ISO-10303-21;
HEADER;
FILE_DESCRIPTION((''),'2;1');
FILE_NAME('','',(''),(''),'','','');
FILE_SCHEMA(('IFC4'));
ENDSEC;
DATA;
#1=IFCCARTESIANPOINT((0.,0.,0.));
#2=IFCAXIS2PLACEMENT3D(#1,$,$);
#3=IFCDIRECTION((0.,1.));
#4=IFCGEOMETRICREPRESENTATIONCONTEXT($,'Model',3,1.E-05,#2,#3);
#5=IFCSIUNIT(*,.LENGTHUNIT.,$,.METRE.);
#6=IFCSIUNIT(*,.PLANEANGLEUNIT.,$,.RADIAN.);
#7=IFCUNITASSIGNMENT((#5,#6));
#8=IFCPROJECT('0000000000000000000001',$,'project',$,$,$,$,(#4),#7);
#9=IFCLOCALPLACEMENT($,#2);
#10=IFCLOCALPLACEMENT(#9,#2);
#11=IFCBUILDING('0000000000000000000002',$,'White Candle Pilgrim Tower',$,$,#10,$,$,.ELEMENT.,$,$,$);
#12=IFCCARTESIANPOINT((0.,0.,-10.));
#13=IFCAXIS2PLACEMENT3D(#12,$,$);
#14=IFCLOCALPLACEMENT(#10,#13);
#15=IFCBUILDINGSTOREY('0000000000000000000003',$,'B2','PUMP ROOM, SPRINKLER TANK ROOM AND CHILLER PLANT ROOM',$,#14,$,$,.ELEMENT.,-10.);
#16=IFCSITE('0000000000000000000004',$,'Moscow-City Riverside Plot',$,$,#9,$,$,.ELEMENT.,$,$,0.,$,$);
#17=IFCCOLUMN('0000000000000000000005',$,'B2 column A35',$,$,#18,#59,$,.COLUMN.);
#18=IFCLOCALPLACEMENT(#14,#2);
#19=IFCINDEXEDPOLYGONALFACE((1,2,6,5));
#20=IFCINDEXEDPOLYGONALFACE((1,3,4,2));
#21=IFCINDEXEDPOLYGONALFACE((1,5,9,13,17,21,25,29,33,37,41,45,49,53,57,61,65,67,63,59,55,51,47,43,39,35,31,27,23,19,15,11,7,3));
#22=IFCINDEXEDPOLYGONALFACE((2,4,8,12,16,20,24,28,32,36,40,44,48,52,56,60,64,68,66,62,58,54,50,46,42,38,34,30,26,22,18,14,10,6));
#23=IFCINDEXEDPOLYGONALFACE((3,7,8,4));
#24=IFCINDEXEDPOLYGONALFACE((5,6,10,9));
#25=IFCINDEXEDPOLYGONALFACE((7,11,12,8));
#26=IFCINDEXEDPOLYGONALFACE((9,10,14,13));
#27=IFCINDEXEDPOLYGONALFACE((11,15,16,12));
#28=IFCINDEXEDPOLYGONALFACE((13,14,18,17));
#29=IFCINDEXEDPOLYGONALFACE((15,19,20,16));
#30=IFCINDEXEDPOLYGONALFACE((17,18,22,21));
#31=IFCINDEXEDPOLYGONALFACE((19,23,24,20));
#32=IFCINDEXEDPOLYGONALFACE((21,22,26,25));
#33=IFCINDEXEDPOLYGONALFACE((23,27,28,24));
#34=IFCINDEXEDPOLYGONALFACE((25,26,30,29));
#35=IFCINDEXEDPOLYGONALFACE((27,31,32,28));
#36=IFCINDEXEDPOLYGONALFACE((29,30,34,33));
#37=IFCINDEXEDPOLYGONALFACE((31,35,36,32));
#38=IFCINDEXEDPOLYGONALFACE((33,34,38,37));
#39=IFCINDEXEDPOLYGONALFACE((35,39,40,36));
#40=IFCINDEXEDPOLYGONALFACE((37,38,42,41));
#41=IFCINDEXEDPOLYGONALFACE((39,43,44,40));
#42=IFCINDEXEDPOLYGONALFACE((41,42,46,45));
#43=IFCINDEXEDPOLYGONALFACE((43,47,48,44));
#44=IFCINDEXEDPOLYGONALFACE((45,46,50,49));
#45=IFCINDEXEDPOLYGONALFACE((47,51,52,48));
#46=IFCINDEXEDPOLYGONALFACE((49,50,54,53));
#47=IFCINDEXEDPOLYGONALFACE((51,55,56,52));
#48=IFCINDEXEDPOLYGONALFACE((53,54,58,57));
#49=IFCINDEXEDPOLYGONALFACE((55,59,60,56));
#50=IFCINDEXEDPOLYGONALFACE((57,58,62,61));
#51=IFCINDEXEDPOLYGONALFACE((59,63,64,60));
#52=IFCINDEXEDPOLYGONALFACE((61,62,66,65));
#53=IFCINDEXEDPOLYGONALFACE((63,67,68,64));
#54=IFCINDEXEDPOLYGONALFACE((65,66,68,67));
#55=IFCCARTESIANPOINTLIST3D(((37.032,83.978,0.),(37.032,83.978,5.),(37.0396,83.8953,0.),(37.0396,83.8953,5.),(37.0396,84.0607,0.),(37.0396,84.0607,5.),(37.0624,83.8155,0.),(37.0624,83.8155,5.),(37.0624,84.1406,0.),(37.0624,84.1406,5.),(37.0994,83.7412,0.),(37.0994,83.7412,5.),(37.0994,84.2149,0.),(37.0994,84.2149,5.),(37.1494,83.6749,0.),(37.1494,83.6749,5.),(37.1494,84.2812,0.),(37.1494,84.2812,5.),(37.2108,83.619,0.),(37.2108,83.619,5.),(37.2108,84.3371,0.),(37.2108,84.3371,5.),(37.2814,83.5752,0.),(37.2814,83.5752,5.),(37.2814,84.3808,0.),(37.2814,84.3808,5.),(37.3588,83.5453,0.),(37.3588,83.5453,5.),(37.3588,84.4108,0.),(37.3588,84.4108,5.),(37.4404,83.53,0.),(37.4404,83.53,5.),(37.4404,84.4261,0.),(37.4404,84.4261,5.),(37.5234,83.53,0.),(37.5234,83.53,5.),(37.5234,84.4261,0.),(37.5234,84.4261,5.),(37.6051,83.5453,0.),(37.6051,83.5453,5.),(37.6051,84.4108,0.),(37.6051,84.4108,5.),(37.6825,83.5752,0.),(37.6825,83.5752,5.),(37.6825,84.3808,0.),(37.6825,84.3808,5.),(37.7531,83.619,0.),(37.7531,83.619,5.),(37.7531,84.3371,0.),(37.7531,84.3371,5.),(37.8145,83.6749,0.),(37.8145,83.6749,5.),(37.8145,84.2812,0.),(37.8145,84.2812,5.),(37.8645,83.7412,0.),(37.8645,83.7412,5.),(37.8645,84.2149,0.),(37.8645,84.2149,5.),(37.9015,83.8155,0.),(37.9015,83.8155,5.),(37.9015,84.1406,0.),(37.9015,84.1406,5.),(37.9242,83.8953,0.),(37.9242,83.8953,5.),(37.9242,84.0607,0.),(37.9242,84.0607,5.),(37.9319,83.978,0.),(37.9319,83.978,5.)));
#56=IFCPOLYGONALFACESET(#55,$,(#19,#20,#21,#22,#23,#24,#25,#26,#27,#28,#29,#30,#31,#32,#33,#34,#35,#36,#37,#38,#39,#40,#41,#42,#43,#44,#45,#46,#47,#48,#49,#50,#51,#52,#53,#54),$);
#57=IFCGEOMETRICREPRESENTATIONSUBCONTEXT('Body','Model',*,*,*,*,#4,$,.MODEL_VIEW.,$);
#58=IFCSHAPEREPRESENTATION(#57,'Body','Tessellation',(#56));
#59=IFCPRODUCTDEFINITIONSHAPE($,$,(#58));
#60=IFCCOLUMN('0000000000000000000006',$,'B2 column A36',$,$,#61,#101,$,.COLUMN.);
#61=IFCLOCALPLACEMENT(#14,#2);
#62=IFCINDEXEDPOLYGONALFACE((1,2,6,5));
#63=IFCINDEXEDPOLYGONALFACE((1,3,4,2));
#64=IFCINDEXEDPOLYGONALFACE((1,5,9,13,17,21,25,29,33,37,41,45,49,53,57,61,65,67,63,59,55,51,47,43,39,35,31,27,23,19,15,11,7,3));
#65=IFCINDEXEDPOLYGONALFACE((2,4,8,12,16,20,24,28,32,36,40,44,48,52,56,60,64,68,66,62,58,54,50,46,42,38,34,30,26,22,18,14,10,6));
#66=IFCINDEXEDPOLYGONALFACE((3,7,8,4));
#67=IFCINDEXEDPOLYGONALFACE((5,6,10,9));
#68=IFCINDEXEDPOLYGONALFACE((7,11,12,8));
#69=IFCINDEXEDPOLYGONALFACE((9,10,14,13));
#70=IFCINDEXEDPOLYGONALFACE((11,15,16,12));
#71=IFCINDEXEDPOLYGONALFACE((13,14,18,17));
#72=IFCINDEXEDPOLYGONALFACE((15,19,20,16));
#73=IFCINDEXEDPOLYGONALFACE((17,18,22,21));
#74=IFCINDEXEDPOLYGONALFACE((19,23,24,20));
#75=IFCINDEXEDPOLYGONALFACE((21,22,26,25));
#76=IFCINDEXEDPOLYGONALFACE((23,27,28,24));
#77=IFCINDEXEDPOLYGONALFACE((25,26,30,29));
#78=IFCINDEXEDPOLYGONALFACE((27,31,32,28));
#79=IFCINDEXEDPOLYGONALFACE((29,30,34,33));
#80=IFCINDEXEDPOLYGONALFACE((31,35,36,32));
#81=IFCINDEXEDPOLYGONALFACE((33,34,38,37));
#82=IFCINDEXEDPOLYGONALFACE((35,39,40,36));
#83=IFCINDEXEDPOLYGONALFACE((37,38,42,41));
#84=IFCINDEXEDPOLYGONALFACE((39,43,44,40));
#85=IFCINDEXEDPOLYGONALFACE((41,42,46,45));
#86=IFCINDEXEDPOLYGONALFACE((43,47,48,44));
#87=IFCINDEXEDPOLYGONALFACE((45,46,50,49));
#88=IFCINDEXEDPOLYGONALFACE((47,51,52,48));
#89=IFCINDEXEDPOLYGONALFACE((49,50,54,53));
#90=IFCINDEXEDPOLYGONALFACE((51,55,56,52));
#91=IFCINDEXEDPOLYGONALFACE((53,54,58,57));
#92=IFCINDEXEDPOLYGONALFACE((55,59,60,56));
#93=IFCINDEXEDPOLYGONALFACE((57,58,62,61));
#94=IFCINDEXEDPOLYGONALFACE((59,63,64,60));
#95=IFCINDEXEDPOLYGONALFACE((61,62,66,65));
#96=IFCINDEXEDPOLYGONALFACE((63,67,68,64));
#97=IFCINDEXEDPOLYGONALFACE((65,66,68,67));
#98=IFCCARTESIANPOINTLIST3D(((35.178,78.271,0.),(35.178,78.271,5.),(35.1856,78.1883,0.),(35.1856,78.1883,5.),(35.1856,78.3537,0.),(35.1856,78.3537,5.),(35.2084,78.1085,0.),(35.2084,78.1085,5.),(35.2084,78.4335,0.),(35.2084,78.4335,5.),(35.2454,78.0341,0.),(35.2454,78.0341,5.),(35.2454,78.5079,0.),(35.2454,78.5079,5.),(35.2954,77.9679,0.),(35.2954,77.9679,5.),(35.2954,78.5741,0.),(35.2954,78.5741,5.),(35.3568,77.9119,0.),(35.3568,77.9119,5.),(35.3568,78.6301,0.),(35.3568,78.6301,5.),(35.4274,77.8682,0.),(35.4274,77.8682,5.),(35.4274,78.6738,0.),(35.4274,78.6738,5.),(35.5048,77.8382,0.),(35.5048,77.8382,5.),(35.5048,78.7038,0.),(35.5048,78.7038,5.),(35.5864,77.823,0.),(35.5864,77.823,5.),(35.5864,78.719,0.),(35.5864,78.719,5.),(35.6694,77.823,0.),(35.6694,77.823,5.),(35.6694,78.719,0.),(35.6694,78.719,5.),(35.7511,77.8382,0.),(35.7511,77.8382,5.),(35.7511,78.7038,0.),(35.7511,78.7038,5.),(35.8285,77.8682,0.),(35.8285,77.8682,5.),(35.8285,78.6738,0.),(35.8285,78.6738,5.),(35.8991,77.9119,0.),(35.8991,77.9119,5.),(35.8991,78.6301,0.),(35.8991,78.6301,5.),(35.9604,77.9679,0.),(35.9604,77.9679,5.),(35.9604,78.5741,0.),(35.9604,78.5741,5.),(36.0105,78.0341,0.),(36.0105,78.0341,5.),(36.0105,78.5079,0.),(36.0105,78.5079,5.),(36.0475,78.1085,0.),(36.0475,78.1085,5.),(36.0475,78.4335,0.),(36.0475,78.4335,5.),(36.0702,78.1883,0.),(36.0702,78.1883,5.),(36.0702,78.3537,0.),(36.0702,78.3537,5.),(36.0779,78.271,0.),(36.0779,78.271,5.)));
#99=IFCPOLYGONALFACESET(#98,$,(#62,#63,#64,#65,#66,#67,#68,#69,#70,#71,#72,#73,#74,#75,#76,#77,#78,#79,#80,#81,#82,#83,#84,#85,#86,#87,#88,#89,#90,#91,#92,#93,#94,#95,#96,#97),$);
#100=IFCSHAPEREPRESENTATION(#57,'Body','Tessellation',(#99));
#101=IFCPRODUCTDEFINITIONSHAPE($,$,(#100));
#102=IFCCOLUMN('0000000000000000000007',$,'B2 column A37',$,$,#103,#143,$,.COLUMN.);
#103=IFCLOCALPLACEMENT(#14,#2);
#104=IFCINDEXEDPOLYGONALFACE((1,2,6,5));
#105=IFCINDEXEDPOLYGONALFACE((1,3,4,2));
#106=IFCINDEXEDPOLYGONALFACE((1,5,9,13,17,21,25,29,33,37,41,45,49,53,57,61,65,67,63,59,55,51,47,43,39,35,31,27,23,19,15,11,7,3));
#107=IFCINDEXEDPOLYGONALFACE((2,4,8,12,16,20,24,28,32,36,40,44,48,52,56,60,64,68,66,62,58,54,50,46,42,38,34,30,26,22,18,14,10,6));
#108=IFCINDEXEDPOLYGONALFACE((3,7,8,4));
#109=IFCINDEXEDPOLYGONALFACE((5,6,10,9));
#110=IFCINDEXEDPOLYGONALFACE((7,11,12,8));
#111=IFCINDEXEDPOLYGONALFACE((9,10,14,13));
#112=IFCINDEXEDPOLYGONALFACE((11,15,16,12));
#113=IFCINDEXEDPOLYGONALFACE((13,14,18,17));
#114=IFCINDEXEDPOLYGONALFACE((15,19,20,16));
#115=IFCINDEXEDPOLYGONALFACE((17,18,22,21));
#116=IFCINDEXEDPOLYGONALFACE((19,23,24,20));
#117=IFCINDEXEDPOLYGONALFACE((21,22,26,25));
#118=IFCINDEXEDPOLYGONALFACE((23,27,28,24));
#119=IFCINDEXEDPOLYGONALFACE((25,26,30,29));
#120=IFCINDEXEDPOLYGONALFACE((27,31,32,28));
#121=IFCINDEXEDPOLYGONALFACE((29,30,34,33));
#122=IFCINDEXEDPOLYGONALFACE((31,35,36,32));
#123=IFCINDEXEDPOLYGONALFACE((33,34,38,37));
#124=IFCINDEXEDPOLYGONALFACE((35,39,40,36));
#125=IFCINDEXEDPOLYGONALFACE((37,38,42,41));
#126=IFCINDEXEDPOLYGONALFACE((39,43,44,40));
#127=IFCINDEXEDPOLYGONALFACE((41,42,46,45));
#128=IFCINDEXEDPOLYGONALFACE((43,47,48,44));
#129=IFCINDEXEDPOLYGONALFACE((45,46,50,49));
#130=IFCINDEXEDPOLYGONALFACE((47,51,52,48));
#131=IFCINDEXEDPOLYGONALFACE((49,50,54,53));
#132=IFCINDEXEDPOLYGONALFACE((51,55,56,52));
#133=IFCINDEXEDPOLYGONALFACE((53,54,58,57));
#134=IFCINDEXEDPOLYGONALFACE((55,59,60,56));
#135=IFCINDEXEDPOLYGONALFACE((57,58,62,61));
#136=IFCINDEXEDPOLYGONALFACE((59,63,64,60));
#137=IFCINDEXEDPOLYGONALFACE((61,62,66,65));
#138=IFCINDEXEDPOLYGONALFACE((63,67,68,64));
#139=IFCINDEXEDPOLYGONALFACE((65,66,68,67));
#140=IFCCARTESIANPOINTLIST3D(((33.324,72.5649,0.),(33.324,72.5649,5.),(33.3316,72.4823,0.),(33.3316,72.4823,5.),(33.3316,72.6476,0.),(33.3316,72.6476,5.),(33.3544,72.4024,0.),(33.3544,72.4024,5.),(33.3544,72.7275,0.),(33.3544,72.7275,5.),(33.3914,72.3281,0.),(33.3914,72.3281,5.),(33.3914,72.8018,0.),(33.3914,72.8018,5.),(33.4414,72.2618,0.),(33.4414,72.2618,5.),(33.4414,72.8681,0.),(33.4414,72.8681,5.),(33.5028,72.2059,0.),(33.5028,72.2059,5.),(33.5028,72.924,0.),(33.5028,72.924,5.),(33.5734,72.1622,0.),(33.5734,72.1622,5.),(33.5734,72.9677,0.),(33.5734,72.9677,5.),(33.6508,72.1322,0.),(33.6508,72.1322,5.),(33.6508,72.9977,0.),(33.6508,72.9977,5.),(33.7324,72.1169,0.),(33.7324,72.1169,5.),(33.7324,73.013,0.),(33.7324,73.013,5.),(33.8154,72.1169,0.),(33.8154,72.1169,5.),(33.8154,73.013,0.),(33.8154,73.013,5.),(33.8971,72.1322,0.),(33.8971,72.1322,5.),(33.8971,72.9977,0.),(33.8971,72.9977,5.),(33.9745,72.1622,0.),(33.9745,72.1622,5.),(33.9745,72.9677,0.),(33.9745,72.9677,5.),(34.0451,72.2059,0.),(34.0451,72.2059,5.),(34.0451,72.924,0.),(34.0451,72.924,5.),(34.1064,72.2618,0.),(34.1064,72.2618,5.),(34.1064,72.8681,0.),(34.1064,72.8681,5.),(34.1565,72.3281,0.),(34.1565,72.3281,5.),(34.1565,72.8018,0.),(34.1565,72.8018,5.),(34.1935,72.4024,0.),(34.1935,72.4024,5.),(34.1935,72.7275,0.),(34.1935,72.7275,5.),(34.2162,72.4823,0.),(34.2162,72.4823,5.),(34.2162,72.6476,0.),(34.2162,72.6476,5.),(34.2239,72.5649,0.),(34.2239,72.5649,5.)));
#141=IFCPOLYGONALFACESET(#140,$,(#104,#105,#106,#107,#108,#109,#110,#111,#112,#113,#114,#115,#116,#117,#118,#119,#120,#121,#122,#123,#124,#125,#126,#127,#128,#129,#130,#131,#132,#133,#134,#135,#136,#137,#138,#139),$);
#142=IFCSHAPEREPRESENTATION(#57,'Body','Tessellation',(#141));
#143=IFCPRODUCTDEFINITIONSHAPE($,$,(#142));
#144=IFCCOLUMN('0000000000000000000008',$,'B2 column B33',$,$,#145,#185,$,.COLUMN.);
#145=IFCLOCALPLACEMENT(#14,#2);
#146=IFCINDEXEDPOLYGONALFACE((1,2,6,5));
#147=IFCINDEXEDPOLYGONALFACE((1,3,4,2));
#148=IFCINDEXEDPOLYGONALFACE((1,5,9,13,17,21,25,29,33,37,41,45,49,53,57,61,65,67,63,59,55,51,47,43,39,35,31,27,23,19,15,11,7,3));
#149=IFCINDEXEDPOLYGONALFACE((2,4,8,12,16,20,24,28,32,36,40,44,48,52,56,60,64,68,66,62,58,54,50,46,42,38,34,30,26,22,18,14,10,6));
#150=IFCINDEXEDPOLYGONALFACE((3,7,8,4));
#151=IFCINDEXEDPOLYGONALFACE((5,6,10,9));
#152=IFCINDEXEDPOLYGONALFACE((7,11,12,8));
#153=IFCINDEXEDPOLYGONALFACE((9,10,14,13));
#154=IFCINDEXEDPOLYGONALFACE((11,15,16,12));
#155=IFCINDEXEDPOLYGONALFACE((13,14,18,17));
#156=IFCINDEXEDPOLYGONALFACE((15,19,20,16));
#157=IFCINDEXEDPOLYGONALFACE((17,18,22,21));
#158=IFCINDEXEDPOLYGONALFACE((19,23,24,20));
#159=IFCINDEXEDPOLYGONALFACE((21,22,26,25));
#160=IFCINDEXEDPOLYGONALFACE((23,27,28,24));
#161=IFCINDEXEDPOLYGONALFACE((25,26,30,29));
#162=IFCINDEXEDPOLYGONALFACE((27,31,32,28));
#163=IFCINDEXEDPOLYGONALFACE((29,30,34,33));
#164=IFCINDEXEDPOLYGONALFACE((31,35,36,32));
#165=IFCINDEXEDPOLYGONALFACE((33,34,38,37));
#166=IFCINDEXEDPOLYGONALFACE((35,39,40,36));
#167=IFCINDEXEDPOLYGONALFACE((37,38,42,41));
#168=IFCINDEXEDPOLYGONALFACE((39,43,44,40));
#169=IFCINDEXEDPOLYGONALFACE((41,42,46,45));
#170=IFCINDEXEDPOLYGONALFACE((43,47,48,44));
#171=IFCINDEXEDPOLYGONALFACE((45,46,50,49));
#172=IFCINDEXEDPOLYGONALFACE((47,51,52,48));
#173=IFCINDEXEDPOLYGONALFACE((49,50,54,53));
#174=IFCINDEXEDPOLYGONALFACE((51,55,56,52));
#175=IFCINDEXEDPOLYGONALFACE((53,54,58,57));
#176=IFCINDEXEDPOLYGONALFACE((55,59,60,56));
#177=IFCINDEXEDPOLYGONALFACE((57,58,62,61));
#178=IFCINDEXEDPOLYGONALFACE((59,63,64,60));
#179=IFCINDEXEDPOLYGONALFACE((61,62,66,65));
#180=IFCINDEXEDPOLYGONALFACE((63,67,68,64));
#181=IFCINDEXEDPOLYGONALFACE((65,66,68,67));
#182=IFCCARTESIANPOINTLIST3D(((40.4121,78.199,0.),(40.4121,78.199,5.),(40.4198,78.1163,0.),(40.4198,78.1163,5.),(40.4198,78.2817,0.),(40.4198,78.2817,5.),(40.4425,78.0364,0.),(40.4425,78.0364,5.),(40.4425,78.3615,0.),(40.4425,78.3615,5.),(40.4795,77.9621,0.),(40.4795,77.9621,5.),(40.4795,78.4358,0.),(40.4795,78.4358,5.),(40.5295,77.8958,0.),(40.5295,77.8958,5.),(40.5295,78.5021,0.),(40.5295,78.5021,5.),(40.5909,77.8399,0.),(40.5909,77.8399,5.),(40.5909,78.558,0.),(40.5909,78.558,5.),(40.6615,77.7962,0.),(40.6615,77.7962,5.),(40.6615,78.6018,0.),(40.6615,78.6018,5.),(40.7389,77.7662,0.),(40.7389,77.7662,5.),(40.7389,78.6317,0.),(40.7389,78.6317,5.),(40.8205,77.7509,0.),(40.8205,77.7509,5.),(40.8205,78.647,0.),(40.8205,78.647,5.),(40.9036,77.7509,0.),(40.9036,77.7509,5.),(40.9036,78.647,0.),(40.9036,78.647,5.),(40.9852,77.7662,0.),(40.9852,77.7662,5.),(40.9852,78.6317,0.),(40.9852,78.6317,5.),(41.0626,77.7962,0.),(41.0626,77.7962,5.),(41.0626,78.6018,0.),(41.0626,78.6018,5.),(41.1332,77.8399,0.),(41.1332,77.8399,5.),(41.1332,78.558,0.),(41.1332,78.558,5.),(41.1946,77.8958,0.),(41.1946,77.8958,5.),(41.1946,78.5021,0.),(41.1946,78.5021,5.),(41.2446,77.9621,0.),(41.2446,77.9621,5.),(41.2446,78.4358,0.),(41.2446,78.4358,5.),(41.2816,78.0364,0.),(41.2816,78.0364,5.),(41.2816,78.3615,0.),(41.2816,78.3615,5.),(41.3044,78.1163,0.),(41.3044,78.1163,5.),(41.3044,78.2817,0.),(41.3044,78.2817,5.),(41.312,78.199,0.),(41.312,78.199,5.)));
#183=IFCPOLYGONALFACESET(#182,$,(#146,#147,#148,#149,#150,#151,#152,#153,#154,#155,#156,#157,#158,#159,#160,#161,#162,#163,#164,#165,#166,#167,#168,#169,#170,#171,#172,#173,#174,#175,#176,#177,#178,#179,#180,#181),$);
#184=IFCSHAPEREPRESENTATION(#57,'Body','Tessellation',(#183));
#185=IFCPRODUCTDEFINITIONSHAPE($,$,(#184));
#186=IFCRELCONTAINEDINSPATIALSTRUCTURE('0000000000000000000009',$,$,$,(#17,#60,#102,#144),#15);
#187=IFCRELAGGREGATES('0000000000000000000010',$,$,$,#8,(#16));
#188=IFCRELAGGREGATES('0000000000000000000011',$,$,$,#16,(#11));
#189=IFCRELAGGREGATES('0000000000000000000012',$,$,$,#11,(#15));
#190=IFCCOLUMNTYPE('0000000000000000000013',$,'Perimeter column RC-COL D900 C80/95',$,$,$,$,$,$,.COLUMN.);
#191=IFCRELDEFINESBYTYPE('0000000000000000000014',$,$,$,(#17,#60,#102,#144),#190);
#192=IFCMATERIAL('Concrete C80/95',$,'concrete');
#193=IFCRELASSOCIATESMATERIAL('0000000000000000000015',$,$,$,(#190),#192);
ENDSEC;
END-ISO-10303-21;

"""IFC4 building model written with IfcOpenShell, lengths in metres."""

from ifc_helpers import new_model, si_unit, direction, frame, origin, origin_2d, place, context, subcontext, project, spatial, circle, extrude, material, material_profile, profile_set, type_object, element, save


model = new_model("IFC4")

# Units and contexts
model_context = context("Model", 3, precision=1e-05, world=origin(), true_north=direction((0.0, 1.0)))
body_context = subcontext(model_context, "Body", "Model", "MODEL_VIEW")
ifc_project = project(units=[si_unit("LENGTHUNIT", "METRE"), si_unit("PLANEANGLEUNIT", "RADIAN")], contexts=[model_context])

# Site, building, storey
site_placement = place(None, origin())
site = spatial("IfcSite", under=ifc_project, at=site_placement, Name="Moscow-City Riverside Plot", CompositionType="ELEMENT", RefElevation=0.0)
building_placement = place(site_placement, origin())
building = spatial("IfcBuilding", under=site, at=building_placement, Name="White Candle Pilgrim Tower", CompositionType="ELEMENT")
storey_placement = place(building_placement, frame((0.0, 0.0, -10.0)))
storey = spatial("IfcBuildingStorey", under=building, at=storey_placement, Name="B2", Description="PUMP ROOM, SPRINKLER TANK ROOM AND CHILLER PLANT ROOM", CompositionType="ELEMENT", Elevation=-10.0)

# Columns
ifc_material_1 = material(Name="Concrete C80/95", Category="concrete")
ifc_material_profile_1 = material_profile(ifc_material_1, circle(Radius=0.45, at=origin_2d()), Name="RC-COL D900")
ifc_profile_set_1 = profile_set([ifc_material_profile_1], Name="Concrete C80/95")
column_type = type_object("IfcColumnType", Name="Perimeter column RC-COL D900 C80/95", PredefinedType="COLUMN", material=ifc_profile_set_1)
for number, where, z_axis, x_axis, name in (
    (1, (37.4819, 83.978, 0.0), (0.0, 0.0, 1.0), (1.0, 0.0, 0.0), "B2 column A35"),
    (2, (35.6279, 78.271, 0.0), (0.0, 0.0, 1.0), (1.0, 0.0, 0.0), "B2 column A36"),
    (3, (33.7739, 72.5649, 0.0), (0.0, 0.0, 1.0), (1.0, 0.0, 0.0), "B2 column A37"),
    (4, (40.8621, 78.199, 0.0), (0.0, 0.0, 1.0), (1.0, 0.0, 0.0), "B2 column B33"),
):
    element("IfcColumn", number, at=place(storey_placement, frame(where, z_axis=z_axis, x_axis=x_axis)), inside=storey, type_object=column_type, Name=name, PredefinedType="COLUMN", context=body_context, shape_type="SweptSolid", body=[
        extrude(circle(Radius=0.45, at=origin_2d()), origin(), (0.0, 0.0, 1.0), 5.0),
    ])

save(model, "model.ifc")
